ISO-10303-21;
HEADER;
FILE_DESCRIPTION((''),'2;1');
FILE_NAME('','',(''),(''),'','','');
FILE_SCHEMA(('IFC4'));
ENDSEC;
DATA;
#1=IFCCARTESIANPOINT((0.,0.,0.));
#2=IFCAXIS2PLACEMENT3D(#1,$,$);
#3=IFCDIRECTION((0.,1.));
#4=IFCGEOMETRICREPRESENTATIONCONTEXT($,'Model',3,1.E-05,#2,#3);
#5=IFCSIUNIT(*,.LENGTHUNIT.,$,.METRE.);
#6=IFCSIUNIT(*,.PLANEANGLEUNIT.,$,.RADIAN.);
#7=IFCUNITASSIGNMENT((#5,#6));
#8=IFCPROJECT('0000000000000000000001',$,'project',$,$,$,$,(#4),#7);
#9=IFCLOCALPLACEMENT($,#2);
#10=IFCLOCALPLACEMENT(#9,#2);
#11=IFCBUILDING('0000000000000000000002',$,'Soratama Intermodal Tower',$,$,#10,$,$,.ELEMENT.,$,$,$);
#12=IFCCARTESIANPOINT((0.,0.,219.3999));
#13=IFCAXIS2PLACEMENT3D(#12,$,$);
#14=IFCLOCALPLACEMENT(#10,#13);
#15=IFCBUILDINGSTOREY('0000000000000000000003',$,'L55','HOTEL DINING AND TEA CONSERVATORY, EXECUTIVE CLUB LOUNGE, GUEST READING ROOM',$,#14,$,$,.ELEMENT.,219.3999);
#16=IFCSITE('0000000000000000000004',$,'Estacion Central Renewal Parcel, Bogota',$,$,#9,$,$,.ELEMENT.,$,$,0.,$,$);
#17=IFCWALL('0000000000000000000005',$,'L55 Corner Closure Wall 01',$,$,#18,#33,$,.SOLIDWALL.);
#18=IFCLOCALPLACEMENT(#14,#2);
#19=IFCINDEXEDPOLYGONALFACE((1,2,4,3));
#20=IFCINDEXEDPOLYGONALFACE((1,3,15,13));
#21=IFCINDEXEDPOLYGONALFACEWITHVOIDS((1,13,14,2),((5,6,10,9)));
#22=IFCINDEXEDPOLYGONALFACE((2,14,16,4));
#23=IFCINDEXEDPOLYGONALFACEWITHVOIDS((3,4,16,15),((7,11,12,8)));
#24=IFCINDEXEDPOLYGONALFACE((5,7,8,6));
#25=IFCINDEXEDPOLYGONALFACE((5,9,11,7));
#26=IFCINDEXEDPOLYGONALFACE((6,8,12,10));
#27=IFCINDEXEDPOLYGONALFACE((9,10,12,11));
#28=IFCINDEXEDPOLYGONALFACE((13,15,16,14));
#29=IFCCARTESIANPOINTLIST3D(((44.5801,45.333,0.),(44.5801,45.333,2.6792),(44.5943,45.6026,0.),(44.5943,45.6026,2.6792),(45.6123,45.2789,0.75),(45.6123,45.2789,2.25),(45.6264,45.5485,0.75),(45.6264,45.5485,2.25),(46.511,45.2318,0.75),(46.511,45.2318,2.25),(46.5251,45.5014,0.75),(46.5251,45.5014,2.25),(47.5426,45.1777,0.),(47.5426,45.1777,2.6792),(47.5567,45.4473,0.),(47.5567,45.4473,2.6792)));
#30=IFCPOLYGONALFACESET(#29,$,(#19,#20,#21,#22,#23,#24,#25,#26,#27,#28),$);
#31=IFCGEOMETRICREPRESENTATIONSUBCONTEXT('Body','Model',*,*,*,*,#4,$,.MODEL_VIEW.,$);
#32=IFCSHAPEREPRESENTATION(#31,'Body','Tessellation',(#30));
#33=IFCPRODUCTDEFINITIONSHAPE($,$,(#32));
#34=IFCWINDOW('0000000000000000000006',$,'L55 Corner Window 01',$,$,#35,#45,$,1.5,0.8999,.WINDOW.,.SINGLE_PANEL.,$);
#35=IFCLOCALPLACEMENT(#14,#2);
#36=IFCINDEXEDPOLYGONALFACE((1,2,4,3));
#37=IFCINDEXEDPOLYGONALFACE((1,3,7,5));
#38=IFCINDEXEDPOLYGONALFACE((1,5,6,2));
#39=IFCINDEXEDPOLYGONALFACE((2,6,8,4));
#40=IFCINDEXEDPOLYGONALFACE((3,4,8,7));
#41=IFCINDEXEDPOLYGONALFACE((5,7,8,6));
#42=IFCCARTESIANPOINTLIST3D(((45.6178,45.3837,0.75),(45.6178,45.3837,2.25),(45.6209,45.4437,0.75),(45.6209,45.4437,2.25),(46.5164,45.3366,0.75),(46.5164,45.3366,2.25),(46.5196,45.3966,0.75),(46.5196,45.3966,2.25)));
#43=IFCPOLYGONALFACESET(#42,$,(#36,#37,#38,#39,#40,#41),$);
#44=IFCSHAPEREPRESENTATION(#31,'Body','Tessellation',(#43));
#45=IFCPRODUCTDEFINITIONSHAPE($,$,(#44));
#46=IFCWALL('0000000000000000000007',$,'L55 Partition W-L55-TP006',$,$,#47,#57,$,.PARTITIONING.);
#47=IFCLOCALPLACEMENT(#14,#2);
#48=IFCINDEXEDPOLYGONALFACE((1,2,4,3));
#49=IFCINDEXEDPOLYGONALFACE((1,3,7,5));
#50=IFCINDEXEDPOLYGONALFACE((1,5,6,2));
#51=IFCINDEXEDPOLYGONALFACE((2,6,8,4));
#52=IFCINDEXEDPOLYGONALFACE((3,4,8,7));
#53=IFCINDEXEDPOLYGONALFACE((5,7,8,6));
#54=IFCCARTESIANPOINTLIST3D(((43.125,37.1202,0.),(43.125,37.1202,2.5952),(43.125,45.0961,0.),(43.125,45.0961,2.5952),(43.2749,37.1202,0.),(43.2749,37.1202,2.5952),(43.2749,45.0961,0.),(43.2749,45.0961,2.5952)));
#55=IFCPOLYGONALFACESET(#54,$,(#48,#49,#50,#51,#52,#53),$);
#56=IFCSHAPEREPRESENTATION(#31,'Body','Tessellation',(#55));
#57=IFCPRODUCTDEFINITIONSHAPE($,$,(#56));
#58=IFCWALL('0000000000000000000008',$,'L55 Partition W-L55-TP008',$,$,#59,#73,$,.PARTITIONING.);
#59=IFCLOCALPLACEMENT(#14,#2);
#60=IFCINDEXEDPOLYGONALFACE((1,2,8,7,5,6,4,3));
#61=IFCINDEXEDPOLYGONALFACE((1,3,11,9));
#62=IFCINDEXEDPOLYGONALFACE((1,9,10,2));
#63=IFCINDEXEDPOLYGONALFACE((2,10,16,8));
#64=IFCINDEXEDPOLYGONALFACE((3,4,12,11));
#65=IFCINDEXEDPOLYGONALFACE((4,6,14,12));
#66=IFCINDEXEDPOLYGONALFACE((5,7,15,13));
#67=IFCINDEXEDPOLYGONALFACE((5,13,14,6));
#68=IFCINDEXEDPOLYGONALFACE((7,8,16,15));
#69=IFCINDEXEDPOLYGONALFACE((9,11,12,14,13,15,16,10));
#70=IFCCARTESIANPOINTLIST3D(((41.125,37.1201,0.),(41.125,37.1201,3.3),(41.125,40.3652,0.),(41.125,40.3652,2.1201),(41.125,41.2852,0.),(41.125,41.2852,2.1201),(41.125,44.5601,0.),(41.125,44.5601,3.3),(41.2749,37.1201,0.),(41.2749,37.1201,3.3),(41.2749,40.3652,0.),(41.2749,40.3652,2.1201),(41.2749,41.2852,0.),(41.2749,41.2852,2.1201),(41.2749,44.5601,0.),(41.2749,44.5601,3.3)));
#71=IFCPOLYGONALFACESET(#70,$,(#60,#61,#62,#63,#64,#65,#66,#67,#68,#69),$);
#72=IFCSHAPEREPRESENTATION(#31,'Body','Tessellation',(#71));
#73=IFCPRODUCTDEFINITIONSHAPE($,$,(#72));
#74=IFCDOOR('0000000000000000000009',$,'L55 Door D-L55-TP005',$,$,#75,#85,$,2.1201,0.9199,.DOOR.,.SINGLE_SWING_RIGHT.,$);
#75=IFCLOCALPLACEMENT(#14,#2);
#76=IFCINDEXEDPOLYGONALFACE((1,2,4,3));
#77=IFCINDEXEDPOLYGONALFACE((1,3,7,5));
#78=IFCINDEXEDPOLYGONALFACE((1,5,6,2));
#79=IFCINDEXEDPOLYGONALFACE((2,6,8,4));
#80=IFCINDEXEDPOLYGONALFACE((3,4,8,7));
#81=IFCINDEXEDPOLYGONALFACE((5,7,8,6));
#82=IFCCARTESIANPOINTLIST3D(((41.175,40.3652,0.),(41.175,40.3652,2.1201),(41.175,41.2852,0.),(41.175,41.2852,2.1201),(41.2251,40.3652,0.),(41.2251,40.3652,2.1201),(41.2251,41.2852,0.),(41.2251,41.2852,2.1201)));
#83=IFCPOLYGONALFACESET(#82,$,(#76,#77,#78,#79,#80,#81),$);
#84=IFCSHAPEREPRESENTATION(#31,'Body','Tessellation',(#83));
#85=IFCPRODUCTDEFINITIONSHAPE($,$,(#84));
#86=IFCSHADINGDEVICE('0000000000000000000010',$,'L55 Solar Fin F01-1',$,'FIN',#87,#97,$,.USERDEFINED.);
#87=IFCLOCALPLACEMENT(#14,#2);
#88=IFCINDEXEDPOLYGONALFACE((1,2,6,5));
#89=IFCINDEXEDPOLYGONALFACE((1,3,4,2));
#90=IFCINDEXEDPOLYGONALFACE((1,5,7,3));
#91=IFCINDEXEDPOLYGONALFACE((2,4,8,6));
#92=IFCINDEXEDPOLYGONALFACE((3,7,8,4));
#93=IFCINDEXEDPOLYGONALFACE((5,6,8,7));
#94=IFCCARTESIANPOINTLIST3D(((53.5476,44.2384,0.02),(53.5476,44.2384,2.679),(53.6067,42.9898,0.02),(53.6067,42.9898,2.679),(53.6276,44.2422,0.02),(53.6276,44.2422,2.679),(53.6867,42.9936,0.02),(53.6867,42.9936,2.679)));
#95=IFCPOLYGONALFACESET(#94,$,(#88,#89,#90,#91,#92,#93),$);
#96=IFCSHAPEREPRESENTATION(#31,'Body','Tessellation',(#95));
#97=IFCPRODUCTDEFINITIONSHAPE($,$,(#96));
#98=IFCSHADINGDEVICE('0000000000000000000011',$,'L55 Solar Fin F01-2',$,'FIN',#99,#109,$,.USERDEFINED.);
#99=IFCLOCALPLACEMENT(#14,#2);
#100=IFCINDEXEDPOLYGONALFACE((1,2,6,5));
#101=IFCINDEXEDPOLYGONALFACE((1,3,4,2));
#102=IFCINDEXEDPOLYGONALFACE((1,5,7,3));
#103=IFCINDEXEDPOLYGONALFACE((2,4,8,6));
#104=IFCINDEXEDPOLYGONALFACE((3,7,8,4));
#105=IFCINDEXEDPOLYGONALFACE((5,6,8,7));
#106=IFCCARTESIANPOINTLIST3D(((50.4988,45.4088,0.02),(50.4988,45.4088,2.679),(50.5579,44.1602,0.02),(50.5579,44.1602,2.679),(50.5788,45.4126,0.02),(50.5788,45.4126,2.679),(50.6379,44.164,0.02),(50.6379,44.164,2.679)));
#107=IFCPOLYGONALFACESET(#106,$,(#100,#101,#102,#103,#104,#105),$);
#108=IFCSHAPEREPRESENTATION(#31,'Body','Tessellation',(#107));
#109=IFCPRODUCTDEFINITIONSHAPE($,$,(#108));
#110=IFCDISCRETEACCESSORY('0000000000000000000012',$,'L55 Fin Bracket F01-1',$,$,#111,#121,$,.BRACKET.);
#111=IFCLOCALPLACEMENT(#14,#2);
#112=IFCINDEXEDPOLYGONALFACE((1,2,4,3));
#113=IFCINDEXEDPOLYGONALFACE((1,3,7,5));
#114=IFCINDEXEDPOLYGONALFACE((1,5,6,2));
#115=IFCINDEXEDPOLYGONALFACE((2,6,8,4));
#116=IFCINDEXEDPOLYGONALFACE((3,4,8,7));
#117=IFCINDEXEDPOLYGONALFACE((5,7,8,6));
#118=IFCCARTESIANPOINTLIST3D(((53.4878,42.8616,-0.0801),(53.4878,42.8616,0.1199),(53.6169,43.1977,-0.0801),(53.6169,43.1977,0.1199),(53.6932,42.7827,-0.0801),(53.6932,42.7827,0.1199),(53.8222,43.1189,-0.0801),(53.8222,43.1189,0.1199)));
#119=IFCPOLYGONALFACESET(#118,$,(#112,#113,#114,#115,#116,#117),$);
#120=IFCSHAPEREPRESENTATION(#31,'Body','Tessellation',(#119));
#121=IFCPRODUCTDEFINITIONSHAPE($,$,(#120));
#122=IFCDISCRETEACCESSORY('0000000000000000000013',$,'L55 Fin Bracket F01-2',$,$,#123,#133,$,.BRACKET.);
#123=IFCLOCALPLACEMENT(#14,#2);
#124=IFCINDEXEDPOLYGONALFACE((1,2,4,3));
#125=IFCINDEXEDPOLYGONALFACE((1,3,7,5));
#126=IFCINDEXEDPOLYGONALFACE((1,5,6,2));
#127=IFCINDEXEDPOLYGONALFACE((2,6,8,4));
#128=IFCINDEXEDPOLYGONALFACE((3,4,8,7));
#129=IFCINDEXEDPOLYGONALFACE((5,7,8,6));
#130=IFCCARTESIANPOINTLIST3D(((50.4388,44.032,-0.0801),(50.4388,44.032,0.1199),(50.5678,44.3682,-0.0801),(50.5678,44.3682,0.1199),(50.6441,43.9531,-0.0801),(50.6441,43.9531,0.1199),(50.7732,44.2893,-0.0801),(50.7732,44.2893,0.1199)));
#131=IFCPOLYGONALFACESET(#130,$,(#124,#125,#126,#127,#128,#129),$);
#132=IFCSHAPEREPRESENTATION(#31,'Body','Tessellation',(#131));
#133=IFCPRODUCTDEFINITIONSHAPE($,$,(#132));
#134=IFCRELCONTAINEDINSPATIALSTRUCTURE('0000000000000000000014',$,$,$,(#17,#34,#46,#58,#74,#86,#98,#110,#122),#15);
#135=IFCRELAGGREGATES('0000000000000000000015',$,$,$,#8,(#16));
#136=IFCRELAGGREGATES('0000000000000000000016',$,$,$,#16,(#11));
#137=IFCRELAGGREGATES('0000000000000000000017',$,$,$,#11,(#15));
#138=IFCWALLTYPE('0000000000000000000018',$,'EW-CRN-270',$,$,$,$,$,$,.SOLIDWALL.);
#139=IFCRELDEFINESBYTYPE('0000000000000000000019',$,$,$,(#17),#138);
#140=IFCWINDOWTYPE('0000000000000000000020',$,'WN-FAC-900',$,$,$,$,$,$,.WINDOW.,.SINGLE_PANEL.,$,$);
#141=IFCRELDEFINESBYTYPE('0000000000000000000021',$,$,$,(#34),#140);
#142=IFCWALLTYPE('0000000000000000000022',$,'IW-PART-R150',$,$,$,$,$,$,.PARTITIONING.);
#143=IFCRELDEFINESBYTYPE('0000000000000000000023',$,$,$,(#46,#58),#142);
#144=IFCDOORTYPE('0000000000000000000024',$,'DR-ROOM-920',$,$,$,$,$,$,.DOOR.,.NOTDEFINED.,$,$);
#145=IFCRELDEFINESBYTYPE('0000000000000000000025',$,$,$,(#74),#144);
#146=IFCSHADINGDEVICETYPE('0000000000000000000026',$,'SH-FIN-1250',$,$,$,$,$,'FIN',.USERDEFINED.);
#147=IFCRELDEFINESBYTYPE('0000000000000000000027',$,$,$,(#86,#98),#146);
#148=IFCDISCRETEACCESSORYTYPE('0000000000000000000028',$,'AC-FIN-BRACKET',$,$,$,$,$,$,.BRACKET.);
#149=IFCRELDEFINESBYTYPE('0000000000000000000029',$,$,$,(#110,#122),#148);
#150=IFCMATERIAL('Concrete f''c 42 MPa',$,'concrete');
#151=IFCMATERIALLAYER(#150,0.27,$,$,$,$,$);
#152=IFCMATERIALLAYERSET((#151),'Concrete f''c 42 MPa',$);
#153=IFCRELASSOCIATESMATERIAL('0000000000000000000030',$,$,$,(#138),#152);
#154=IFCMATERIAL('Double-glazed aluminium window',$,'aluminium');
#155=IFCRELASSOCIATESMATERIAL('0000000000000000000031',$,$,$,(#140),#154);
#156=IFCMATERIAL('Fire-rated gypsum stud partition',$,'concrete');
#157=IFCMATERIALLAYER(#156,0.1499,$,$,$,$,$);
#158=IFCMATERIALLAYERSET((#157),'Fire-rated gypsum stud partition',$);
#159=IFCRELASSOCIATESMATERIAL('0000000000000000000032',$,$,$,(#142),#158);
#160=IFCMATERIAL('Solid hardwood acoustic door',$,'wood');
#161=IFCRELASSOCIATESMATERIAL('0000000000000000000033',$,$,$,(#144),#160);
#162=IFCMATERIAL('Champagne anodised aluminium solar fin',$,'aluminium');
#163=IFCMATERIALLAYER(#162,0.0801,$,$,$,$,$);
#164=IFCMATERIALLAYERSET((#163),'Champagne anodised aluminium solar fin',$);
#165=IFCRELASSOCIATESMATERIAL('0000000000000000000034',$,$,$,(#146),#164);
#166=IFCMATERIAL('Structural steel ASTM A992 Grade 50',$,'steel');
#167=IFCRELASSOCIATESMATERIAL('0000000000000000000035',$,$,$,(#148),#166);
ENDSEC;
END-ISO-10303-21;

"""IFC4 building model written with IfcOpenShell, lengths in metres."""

from ifc_helpers import new_model, si_unit, direction, frame, frame_2d, origin, origin_2d, place, context, subcontext, project, spatial, rectangle, extrude, material, layer, layer_set, type_object, element, fill, save


model = new_model("IFC4")

# Units and contexts
model_context = context("Model", 3, precision=1e-05, world=origin(), true_north=direction((0.0, 1.0)))
body_context = subcontext(model_context, "Body", "Model", "MODEL_VIEW")
ifc_project = project(units=[si_unit("LENGTHUNIT", "METRE"), si_unit("PLANEANGLEUNIT", "RADIAN")], contexts=[model_context])

# Site, building, storey
site_placement = place(None, origin())
site = spatial("IfcSite", under=ifc_project, at=site_placement, Name="Estacion Central Renewal Parcel, Bogota", CompositionType="ELEMENT", RefElevation=0.0)
building_placement = place(site_placement, origin())
building = spatial("IfcBuilding", under=site, at=building_placement, Name="Soratama Intermodal Tower", CompositionType="ELEMENT")
storey_placement = place(building_placement, frame((0.0, 0.0, 219.3999)))
storey = spatial("IfcBuildingStorey", under=building, at=storey_placement, Name="L55", Description="HOTEL DINING AND TEA CONSERVATORY, EXECUTIVE CLUB LOUNGE, GUEST READING ROOM", CompositionType="ELEMENT", Elevation=219.3999)

# Wall, opening, window
ifc_material_1 = material(Name="Concrete f'c 42 MPa", Category="concrete")
ifc_layer_1 = layer(ifc_material_1, 0.27)
ifc_layer_set_1 = layer_set([ifc_layer_1], Name="Concrete f'c 42 MPa")
wall_type_1 = type_object("IfcWallType", Name="EW-CRN-270", PredefinedType="SOLIDWALL", material=ifc_layer_set_1)
wall_1_placement = place(storey_placement, frame((47.5498, 45.3125, 0.0), z_axis=(0.0, 0.0, 1.0), x_axis=(-0.998629, 0.052343, 0.0)))
wall_1 = element("IfcWall", 1, at=wall_1_placement, inside=storey, type_object=wall_type_1, Name="L55 Corner Closure Wall 01", PredefinedType="SOLIDWALL", context=body_context, shape_type="SweptSolid", body=[
    extrude(rectangle(XDim=2.9666, YDim=0.27, at=frame_2d((1.4834, 0.0))), origin(), (0.0, 0.0, 1.0), 2.6792),
])
opening_1_placement = place(wall_1_placement, frame((1.0332, 0.0, 0.75)))
opening_1 = element("IfcOpeningElement", 2, at=opening_1_placement, cuts=wall_1, PredefinedType="OPENING", context=body_context, shape_type="SweptSolid", body=[
    extrude(rectangle(XDim=0.8999, YDim=1.5, at=frame_2d((0.45, 0.75))), frame((0.0, 0.145, 0.0), z_axis=(0.0, -1.0, 0.0), x_axis=(1.0, 0.0, 0.0)), (0.0, 0.0, 1.0), 0.29),
])
ifc_material_2 = material(Name="Double-glazed aluminium window", Category="aluminium")
window_type_1 = type_object("IfcWindowType", Name="WN-FAC-900", PartitioningType="SINGLE_PANEL", PredefinedType="WINDOW", material=ifc_material_2)
window_1_placement = place(opening_1_placement, origin())
window_1 = element("IfcWindow", 3, at=window_1_placement, inside=storey, type_object=window_type_1, Name="L55 Corner Window 01", OverallHeight=1.5, OverallWidth=0.8999, PartitioningType="SINGLE_PANEL", PredefinedType="WINDOW", context=body_context, shape_type="SweptSolid", body=[
    extrude(rectangle(XDim=0.8999, YDim=1.5, at=frame_2d((0.45, 0.75))), frame((0.0, 0.03, 0.0), z_axis=(0.0, -1.0, 0.0), x_axis=(1.0, 0.0, 0.0)), (0.0, 0.0, 1.0), 0.0601),
])
fill(opening_1, window_1)

# Wall
ifc_material_3 = material(Name="Fire-rated gypsum stud partition", Category="concrete")
ifc_layer_2 = layer(ifc_material_3, 0.1499)
ifc_layer_set_2 = layer_set([ifc_layer_2], Name="Fire-rated gypsum stud partition")
wall_type_2 = type_object("IfcWallType", Name="IW-PART-R150", PredefinedType="PARTITIONING", material=ifc_layer_set_2)
wall_2_placement = place(storey_placement, frame((43.2, 45.0959, 0.0), z_axis=(0.0, 0.0, 1.0), x_axis=(0.0, -1.0, 0.0)))
element("IfcWall", 4, at=wall_2_placement, inside=storey, type_object=wall_type_2, Name="L55 Partition W-L55-TP006", PredefinedType="PARTITIONING", context=body_context, shape_type="SweptSolid", body=[
    extrude(rectangle(XDim=7.9758, YDim=0.1499, at=frame_2d((3.9878, 0.0))), origin(), (0.0, 0.0, 1.0), 2.5952),
])

# Wall, opening, door
wall_3_placement = place(storey_placement, frame((41.2, 37.1201, 0.0), z_axis=(0.0, 0.0, 1.0), x_axis=(0.0, 1.0, 0.0)))
wall_3 = element("IfcWall", 5, at=wall_3_placement, inside=storey, type_object=wall_type_2, Name="L55 Partition W-L55-TP008", PredefinedType="PARTITIONING", context=body_context, shape_type="SweptSolid", body=[
    extrude(rectangle(XDim=7.4399, YDim=0.1499, at=frame_2d((3.72, 0.0))), origin(), (0.0, 0.0, 1.0), 3.3),
])
opening_2_placement = place(wall_3_placement, frame((3.2451, 0.0, 0.0)))
opening_2 = element("IfcOpeningElement", 6, at=opening_2_placement, cuts=wall_3, PredefinedType="OPENING", context=body_context, shape_type="SweptSolid", body=[
    extrude(rectangle(XDim=0.9199, YDim=2.1201, at=frame_2d((0.46, 1.0601))), frame((0.0, 0.085, 0.0), z_axis=(0.0, -1.0, 0.0), x_axis=(1.0, 0.0, 0.0)), (0.0, 0.0, 1.0), 0.1699),
])
ifc_material_4 = material(Name="Solid hardwood acoustic door", Category="wood")
door_type_1 = type_object("IfcDoorType", Name="DR-ROOM-920", OperationType="NOTDEFINED", PredefinedType="DOOR", material=ifc_material_4)
door_1_placement = place(opening_2_placement, origin())
door_1 = element("IfcDoor", 7, at=door_1_placement, inside=storey, type_object=door_type_1, Name="L55 Door D-L55-TP005", OperationType="SINGLE_SWING_RIGHT", OverallHeight=2.1201, OverallWidth=0.9199, PredefinedType="DOOR", context=body_context, shape_type="SweptSolid", body=[
    extrude(rectangle(XDim=0.9199, YDim=2.1201, at=frame_2d((0.46, 1.0601))), frame((0.0, 0.0249, 0.0), z_axis=(0.0, -1.0, 0.0), x_axis=(1.0, 0.0, 0.0)), (0.0, 0.0, 1.0), 0.05),
])
fill(opening_2, door_1)

# Shading devices
ifc_material_5 = material(Name="Champagne anodised aluminium solar fin", Category="aluminium")
ifc_layer_3 = layer(ifc_material_5, 0.0801)
ifc_layer_set_3 = layer_set([ifc_layer_3], Name="Champagne anodised aluminium solar fin")
shading_device_type = type_object("IfcShadingDeviceType", Name="SH-FIN-1250", ElementType="FIN", PredefinedType="USERDEFINED", material=ifc_layer_set_3)
for number, where, z_axis, x_axis, name in (
    (8, (53.6172, 43.616, 0.02), (0.0, 0.0, 1.0), (-0.047281, 0.998882, 0.0), "L55 Solar Fin F01-1"),
    (9, (50.5684, 44.7864, 0.02), (0.0, 0.0, 1.0), (-0.047281, 0.998882, 0.0), "L55 Solar Fin F01-2"),
):
    element("IfcShadingDevice", number, at=place(storey_placement, frame(where, z_axis=z_axis, x_axis=x_axis)), inside=storey, type_object=shading_device_type, Name=name, ObjectType="FIN", PredefinedType="USERDEFINED", context=body_context, shape_type="SweptSolid", body=[
        extrude(rectangle(XDim=1.25, YDim=0.0801, at=origin_2d()), origin(), (0.0, 0.0, 1.0), 2.6589),
    ])

# Discrete accessories
ifc_material_6 = material(Name="Structural steel ASTM A992 Grade 50", Category="steel")
discrete_accessory_type = type_object("IfcDiscreteAccessoryType", Name="AC-FIN-BRACKET", PredefinedType="BRACKET", material=ifc_material_6)
for number, where, z_axis, x_axis, name in (
    (10, (53.655, 42.9902, -0.0801), (0.0, 0.0, 1.0), (0.358368, 0.93358, 0.0), "L55 Fin Bracket F01-1"),
    (11, (50.606, 44.1606, -0.0801), (0.0, 0.0, 1.0), (0.358368, 0.93358, 0.0), "L55 Fin Bracket F01-2"),
):
    element("IfcDiscreteAccessory", number, at=place(storey_placement, frame(where, z_axis=z_axis, x_axis=x_axis)), inside=storey, type_object=discrete_accessory_type, Name=name, PredefinedType="BRACKET", context=body_context, shape_type="SweptSolid", body=[
        extrude(rectangle(XDim=0.3601, YDim=0.22, at=origin_2d()), origin(), (0.0, 0.0, 1.0), 0.2),
    ])

save(model, "model.ifc")
